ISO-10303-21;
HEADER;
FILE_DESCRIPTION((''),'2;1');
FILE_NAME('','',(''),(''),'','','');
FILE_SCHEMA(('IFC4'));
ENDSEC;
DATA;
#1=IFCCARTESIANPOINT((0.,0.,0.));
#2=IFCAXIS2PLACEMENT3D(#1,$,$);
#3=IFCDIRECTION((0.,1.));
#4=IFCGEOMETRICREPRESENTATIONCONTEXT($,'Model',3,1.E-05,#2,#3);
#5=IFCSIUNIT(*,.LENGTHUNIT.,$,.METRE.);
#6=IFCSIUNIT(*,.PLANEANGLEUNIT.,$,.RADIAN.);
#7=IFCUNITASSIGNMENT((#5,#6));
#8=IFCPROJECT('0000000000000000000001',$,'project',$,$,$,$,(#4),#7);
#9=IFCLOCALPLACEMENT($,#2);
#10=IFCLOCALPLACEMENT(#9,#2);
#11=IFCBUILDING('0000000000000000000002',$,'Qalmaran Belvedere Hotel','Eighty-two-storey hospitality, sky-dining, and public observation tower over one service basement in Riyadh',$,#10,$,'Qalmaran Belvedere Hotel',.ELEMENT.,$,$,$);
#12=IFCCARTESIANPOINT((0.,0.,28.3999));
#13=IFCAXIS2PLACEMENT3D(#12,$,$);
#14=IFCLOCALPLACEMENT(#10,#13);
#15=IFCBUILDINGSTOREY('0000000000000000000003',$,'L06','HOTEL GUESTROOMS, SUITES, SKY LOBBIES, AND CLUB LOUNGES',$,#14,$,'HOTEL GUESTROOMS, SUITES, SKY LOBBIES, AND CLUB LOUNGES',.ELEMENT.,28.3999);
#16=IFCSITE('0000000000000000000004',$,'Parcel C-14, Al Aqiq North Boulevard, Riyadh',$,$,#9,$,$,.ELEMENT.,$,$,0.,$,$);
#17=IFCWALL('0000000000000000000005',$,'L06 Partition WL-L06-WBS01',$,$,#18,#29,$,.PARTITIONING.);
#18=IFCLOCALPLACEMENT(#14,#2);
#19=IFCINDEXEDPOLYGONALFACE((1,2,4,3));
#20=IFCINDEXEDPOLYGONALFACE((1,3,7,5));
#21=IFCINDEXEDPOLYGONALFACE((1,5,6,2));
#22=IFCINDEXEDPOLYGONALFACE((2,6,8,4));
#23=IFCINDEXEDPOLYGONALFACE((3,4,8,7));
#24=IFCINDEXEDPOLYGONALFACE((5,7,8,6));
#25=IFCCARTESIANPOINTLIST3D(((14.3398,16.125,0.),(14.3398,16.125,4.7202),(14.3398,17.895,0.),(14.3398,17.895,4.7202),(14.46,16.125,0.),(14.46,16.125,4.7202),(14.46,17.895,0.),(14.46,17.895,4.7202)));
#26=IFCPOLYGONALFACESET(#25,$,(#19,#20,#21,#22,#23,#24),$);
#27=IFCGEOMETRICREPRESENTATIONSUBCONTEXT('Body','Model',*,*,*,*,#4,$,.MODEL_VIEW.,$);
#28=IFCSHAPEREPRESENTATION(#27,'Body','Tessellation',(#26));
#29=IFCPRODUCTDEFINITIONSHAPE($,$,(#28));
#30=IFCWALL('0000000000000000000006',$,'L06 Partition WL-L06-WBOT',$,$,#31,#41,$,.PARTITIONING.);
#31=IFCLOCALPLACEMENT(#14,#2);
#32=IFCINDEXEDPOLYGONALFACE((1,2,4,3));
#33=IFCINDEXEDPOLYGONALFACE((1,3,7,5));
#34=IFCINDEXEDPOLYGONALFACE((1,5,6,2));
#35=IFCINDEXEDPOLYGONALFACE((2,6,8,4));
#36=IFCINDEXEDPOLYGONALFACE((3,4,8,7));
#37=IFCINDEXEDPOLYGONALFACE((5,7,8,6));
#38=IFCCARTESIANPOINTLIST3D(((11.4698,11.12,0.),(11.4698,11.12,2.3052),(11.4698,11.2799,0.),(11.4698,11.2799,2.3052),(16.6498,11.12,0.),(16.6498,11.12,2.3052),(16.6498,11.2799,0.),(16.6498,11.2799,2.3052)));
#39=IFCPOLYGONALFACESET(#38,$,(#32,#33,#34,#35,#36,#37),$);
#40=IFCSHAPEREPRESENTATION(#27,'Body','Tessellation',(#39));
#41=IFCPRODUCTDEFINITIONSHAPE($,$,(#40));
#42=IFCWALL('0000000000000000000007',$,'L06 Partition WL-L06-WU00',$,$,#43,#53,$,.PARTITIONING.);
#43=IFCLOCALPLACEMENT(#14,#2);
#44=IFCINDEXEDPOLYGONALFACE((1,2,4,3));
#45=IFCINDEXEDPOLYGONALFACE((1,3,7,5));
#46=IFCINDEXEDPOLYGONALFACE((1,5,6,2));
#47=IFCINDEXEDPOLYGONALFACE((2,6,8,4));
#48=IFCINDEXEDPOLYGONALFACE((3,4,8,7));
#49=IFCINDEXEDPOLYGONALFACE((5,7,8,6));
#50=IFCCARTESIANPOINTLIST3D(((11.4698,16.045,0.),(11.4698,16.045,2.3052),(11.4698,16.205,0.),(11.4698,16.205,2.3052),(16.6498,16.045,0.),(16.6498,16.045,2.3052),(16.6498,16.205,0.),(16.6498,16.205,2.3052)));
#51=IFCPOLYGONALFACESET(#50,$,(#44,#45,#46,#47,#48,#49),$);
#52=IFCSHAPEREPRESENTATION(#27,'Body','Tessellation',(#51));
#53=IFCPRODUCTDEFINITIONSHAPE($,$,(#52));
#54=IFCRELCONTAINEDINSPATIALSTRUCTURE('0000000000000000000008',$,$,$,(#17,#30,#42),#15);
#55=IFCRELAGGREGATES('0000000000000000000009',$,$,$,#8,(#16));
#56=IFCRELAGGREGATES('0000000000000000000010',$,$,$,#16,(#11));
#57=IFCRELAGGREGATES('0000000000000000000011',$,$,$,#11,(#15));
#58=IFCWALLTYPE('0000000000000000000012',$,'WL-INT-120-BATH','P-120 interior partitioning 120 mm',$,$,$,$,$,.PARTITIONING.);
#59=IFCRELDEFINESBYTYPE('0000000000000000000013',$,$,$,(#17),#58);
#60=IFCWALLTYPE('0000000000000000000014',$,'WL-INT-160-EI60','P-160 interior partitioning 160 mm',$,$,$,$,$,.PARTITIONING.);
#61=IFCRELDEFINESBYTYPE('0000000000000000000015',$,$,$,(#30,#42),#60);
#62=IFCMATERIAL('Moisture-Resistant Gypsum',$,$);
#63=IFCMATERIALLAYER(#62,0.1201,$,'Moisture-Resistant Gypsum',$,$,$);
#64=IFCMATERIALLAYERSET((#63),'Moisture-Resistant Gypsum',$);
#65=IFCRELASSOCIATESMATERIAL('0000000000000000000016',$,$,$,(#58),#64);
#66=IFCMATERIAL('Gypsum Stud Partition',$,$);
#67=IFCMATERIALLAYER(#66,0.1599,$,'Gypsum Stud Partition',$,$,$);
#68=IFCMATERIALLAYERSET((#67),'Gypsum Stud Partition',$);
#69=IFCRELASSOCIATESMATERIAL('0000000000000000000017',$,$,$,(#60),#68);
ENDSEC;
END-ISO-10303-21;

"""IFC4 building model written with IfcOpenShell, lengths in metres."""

from ifc_helpers import new_model, si_unit, direction, frame, frame_2d, origin, place, context, subcontext, project, spatial, rectangle, extrude, material, layer, layer_set, type_object, element, save


model = new_model("IFC4")

# Units and contexts
model_context = context("Model", 3, precision=1e-05, world=origin(), true_north=direction((0.0, 1.0)))
body_context = subcontext(model_context, "Body", "Model", "MODEL_VIEW")
ifc_project = project(units=[si_unit("LENGTHUNIT", "METRE"), si_unit("PLANEANGLEUNIT", "RADIAN")], contexts=[model_context])

# Site, building, storey
site_placement = place(None, origin())
site = spatial("IfcSite", under=ifc_project, at=site_placement, Name="Parcel C-14, Al Aqiq North Boulevard, Riyadh", CompositionType="ELEMENT", RefElevation=0.0)
building_placement = place(site_placement, origin())
building = spatial("IfcBuilding", under=site, at=building_placement, Name="Qalmaran Belvedere Hotel", Description="Eighty-two-storey hospitality, sky-dining, and public observation tower over one service basement in Riyadh", LongName="Qalmaran Belvedere Hotel", CompositionType="ELEMENT")
storey_placement = place(building_placement, frame((0.0, 0.0, 28.3999)))
storey = spatial("IfcBuildingStorey", under=building, at=storey_placement, Name="L06", Description="HOTEL GUESTROOMS, SUITES, SKY LOBBIES, AND CLUB LOUNGES", LongName="HOTEL GUESTROOMS, SUITES, SKY LOBBIES, AND CLUB LOUNGES", CompositionType="ELEMENT", Elevation=28.3999)

# Shared definitions
ifc_material_1 = material(Name="Moisture-Resistant Gypsum")
ifc_layer_1 = layer(ifc_material_1, 0.1201, Name="Moisture-Resistant Gypsum")
ifc_layer_set_1 = layer_set([ifc_layer_1], Name="Moisture-Resistant Gypsum")
wall_type_1 = type_object("IfcWallType", Name="WL-INT-120-BATH", Description="P-120 interior partitioning 120 mm", PredefinedType="PARTITIONING", material=ifc_layer_set_1)

# Walls
wall_1_placement = place(storey_placement, frame((14.3999, 16.125, 0.0), z_axis=(0.0, 0.0, 1.0), x_axis=(0.0, 1.0, 0.0)))
element("IfcWall", 1, at=wall_1_placement, inside=storey, type_object=wall_type_1, Name="L06 Partition WL-L06-WBS01", PredefinedType="PARTITIONING", context=body_context, shape_type="SweptSolid", body=[
    extrude(rectangle(XDim=1.77, YDim=0.1201, at=frame_2d((0.885, 0.0))), origin(), (0.0, 0.0, 1.0), 4.7202),
])
ifc_material_2 = material(Name="Gypsum Stud Partition")
ifc_layer_2 = layer(ifc_material_2, 0.1599, Name="Gypsum Stud Partition")
ifc_layer_set_2 = layer_set([ifc_layer_2], Name="Gypsum Stud Partition")
wall_type_2 = type_object("IfcWallType", Name="WL-INT-160-EI60", Description="P-160 interior partitioning 160 mm", PredefinedType="PARTITIONING", material=ifc_layer_set_2)
for number, where, z_axis, x_axis, name in (
    (2, (11.47, 11.2, 0.0), (0.0, 0.0, 1.0), (1.0, 0.0, 0.0), "L06 Partition WL-L06-WBOT"),
    (3, (11.47, 16.125, 0.0), (0.0, 0.0, 1.0), (1.0, 0.0, 0.0), "L06 Partition WL-L06-WU00"),
):
    element("IfcWall", number, at=place(storey_placement, frame(where, z_axis=z_axis, x_axis=x_axis)), inside=storey, type_object=wall_type_2, Name=name, PredefinedType="PARTITIONING", context=body_context, shape_type="SweptSolid", body=[
        extrude(rectangle(XDim=5.1799, YDim=0.1599, at=frame_2d((2.5898, 0.0))), origin(), (0.0, 0.0, 1.0), 2.3052),
    ])

save(model, "model.ifc")
